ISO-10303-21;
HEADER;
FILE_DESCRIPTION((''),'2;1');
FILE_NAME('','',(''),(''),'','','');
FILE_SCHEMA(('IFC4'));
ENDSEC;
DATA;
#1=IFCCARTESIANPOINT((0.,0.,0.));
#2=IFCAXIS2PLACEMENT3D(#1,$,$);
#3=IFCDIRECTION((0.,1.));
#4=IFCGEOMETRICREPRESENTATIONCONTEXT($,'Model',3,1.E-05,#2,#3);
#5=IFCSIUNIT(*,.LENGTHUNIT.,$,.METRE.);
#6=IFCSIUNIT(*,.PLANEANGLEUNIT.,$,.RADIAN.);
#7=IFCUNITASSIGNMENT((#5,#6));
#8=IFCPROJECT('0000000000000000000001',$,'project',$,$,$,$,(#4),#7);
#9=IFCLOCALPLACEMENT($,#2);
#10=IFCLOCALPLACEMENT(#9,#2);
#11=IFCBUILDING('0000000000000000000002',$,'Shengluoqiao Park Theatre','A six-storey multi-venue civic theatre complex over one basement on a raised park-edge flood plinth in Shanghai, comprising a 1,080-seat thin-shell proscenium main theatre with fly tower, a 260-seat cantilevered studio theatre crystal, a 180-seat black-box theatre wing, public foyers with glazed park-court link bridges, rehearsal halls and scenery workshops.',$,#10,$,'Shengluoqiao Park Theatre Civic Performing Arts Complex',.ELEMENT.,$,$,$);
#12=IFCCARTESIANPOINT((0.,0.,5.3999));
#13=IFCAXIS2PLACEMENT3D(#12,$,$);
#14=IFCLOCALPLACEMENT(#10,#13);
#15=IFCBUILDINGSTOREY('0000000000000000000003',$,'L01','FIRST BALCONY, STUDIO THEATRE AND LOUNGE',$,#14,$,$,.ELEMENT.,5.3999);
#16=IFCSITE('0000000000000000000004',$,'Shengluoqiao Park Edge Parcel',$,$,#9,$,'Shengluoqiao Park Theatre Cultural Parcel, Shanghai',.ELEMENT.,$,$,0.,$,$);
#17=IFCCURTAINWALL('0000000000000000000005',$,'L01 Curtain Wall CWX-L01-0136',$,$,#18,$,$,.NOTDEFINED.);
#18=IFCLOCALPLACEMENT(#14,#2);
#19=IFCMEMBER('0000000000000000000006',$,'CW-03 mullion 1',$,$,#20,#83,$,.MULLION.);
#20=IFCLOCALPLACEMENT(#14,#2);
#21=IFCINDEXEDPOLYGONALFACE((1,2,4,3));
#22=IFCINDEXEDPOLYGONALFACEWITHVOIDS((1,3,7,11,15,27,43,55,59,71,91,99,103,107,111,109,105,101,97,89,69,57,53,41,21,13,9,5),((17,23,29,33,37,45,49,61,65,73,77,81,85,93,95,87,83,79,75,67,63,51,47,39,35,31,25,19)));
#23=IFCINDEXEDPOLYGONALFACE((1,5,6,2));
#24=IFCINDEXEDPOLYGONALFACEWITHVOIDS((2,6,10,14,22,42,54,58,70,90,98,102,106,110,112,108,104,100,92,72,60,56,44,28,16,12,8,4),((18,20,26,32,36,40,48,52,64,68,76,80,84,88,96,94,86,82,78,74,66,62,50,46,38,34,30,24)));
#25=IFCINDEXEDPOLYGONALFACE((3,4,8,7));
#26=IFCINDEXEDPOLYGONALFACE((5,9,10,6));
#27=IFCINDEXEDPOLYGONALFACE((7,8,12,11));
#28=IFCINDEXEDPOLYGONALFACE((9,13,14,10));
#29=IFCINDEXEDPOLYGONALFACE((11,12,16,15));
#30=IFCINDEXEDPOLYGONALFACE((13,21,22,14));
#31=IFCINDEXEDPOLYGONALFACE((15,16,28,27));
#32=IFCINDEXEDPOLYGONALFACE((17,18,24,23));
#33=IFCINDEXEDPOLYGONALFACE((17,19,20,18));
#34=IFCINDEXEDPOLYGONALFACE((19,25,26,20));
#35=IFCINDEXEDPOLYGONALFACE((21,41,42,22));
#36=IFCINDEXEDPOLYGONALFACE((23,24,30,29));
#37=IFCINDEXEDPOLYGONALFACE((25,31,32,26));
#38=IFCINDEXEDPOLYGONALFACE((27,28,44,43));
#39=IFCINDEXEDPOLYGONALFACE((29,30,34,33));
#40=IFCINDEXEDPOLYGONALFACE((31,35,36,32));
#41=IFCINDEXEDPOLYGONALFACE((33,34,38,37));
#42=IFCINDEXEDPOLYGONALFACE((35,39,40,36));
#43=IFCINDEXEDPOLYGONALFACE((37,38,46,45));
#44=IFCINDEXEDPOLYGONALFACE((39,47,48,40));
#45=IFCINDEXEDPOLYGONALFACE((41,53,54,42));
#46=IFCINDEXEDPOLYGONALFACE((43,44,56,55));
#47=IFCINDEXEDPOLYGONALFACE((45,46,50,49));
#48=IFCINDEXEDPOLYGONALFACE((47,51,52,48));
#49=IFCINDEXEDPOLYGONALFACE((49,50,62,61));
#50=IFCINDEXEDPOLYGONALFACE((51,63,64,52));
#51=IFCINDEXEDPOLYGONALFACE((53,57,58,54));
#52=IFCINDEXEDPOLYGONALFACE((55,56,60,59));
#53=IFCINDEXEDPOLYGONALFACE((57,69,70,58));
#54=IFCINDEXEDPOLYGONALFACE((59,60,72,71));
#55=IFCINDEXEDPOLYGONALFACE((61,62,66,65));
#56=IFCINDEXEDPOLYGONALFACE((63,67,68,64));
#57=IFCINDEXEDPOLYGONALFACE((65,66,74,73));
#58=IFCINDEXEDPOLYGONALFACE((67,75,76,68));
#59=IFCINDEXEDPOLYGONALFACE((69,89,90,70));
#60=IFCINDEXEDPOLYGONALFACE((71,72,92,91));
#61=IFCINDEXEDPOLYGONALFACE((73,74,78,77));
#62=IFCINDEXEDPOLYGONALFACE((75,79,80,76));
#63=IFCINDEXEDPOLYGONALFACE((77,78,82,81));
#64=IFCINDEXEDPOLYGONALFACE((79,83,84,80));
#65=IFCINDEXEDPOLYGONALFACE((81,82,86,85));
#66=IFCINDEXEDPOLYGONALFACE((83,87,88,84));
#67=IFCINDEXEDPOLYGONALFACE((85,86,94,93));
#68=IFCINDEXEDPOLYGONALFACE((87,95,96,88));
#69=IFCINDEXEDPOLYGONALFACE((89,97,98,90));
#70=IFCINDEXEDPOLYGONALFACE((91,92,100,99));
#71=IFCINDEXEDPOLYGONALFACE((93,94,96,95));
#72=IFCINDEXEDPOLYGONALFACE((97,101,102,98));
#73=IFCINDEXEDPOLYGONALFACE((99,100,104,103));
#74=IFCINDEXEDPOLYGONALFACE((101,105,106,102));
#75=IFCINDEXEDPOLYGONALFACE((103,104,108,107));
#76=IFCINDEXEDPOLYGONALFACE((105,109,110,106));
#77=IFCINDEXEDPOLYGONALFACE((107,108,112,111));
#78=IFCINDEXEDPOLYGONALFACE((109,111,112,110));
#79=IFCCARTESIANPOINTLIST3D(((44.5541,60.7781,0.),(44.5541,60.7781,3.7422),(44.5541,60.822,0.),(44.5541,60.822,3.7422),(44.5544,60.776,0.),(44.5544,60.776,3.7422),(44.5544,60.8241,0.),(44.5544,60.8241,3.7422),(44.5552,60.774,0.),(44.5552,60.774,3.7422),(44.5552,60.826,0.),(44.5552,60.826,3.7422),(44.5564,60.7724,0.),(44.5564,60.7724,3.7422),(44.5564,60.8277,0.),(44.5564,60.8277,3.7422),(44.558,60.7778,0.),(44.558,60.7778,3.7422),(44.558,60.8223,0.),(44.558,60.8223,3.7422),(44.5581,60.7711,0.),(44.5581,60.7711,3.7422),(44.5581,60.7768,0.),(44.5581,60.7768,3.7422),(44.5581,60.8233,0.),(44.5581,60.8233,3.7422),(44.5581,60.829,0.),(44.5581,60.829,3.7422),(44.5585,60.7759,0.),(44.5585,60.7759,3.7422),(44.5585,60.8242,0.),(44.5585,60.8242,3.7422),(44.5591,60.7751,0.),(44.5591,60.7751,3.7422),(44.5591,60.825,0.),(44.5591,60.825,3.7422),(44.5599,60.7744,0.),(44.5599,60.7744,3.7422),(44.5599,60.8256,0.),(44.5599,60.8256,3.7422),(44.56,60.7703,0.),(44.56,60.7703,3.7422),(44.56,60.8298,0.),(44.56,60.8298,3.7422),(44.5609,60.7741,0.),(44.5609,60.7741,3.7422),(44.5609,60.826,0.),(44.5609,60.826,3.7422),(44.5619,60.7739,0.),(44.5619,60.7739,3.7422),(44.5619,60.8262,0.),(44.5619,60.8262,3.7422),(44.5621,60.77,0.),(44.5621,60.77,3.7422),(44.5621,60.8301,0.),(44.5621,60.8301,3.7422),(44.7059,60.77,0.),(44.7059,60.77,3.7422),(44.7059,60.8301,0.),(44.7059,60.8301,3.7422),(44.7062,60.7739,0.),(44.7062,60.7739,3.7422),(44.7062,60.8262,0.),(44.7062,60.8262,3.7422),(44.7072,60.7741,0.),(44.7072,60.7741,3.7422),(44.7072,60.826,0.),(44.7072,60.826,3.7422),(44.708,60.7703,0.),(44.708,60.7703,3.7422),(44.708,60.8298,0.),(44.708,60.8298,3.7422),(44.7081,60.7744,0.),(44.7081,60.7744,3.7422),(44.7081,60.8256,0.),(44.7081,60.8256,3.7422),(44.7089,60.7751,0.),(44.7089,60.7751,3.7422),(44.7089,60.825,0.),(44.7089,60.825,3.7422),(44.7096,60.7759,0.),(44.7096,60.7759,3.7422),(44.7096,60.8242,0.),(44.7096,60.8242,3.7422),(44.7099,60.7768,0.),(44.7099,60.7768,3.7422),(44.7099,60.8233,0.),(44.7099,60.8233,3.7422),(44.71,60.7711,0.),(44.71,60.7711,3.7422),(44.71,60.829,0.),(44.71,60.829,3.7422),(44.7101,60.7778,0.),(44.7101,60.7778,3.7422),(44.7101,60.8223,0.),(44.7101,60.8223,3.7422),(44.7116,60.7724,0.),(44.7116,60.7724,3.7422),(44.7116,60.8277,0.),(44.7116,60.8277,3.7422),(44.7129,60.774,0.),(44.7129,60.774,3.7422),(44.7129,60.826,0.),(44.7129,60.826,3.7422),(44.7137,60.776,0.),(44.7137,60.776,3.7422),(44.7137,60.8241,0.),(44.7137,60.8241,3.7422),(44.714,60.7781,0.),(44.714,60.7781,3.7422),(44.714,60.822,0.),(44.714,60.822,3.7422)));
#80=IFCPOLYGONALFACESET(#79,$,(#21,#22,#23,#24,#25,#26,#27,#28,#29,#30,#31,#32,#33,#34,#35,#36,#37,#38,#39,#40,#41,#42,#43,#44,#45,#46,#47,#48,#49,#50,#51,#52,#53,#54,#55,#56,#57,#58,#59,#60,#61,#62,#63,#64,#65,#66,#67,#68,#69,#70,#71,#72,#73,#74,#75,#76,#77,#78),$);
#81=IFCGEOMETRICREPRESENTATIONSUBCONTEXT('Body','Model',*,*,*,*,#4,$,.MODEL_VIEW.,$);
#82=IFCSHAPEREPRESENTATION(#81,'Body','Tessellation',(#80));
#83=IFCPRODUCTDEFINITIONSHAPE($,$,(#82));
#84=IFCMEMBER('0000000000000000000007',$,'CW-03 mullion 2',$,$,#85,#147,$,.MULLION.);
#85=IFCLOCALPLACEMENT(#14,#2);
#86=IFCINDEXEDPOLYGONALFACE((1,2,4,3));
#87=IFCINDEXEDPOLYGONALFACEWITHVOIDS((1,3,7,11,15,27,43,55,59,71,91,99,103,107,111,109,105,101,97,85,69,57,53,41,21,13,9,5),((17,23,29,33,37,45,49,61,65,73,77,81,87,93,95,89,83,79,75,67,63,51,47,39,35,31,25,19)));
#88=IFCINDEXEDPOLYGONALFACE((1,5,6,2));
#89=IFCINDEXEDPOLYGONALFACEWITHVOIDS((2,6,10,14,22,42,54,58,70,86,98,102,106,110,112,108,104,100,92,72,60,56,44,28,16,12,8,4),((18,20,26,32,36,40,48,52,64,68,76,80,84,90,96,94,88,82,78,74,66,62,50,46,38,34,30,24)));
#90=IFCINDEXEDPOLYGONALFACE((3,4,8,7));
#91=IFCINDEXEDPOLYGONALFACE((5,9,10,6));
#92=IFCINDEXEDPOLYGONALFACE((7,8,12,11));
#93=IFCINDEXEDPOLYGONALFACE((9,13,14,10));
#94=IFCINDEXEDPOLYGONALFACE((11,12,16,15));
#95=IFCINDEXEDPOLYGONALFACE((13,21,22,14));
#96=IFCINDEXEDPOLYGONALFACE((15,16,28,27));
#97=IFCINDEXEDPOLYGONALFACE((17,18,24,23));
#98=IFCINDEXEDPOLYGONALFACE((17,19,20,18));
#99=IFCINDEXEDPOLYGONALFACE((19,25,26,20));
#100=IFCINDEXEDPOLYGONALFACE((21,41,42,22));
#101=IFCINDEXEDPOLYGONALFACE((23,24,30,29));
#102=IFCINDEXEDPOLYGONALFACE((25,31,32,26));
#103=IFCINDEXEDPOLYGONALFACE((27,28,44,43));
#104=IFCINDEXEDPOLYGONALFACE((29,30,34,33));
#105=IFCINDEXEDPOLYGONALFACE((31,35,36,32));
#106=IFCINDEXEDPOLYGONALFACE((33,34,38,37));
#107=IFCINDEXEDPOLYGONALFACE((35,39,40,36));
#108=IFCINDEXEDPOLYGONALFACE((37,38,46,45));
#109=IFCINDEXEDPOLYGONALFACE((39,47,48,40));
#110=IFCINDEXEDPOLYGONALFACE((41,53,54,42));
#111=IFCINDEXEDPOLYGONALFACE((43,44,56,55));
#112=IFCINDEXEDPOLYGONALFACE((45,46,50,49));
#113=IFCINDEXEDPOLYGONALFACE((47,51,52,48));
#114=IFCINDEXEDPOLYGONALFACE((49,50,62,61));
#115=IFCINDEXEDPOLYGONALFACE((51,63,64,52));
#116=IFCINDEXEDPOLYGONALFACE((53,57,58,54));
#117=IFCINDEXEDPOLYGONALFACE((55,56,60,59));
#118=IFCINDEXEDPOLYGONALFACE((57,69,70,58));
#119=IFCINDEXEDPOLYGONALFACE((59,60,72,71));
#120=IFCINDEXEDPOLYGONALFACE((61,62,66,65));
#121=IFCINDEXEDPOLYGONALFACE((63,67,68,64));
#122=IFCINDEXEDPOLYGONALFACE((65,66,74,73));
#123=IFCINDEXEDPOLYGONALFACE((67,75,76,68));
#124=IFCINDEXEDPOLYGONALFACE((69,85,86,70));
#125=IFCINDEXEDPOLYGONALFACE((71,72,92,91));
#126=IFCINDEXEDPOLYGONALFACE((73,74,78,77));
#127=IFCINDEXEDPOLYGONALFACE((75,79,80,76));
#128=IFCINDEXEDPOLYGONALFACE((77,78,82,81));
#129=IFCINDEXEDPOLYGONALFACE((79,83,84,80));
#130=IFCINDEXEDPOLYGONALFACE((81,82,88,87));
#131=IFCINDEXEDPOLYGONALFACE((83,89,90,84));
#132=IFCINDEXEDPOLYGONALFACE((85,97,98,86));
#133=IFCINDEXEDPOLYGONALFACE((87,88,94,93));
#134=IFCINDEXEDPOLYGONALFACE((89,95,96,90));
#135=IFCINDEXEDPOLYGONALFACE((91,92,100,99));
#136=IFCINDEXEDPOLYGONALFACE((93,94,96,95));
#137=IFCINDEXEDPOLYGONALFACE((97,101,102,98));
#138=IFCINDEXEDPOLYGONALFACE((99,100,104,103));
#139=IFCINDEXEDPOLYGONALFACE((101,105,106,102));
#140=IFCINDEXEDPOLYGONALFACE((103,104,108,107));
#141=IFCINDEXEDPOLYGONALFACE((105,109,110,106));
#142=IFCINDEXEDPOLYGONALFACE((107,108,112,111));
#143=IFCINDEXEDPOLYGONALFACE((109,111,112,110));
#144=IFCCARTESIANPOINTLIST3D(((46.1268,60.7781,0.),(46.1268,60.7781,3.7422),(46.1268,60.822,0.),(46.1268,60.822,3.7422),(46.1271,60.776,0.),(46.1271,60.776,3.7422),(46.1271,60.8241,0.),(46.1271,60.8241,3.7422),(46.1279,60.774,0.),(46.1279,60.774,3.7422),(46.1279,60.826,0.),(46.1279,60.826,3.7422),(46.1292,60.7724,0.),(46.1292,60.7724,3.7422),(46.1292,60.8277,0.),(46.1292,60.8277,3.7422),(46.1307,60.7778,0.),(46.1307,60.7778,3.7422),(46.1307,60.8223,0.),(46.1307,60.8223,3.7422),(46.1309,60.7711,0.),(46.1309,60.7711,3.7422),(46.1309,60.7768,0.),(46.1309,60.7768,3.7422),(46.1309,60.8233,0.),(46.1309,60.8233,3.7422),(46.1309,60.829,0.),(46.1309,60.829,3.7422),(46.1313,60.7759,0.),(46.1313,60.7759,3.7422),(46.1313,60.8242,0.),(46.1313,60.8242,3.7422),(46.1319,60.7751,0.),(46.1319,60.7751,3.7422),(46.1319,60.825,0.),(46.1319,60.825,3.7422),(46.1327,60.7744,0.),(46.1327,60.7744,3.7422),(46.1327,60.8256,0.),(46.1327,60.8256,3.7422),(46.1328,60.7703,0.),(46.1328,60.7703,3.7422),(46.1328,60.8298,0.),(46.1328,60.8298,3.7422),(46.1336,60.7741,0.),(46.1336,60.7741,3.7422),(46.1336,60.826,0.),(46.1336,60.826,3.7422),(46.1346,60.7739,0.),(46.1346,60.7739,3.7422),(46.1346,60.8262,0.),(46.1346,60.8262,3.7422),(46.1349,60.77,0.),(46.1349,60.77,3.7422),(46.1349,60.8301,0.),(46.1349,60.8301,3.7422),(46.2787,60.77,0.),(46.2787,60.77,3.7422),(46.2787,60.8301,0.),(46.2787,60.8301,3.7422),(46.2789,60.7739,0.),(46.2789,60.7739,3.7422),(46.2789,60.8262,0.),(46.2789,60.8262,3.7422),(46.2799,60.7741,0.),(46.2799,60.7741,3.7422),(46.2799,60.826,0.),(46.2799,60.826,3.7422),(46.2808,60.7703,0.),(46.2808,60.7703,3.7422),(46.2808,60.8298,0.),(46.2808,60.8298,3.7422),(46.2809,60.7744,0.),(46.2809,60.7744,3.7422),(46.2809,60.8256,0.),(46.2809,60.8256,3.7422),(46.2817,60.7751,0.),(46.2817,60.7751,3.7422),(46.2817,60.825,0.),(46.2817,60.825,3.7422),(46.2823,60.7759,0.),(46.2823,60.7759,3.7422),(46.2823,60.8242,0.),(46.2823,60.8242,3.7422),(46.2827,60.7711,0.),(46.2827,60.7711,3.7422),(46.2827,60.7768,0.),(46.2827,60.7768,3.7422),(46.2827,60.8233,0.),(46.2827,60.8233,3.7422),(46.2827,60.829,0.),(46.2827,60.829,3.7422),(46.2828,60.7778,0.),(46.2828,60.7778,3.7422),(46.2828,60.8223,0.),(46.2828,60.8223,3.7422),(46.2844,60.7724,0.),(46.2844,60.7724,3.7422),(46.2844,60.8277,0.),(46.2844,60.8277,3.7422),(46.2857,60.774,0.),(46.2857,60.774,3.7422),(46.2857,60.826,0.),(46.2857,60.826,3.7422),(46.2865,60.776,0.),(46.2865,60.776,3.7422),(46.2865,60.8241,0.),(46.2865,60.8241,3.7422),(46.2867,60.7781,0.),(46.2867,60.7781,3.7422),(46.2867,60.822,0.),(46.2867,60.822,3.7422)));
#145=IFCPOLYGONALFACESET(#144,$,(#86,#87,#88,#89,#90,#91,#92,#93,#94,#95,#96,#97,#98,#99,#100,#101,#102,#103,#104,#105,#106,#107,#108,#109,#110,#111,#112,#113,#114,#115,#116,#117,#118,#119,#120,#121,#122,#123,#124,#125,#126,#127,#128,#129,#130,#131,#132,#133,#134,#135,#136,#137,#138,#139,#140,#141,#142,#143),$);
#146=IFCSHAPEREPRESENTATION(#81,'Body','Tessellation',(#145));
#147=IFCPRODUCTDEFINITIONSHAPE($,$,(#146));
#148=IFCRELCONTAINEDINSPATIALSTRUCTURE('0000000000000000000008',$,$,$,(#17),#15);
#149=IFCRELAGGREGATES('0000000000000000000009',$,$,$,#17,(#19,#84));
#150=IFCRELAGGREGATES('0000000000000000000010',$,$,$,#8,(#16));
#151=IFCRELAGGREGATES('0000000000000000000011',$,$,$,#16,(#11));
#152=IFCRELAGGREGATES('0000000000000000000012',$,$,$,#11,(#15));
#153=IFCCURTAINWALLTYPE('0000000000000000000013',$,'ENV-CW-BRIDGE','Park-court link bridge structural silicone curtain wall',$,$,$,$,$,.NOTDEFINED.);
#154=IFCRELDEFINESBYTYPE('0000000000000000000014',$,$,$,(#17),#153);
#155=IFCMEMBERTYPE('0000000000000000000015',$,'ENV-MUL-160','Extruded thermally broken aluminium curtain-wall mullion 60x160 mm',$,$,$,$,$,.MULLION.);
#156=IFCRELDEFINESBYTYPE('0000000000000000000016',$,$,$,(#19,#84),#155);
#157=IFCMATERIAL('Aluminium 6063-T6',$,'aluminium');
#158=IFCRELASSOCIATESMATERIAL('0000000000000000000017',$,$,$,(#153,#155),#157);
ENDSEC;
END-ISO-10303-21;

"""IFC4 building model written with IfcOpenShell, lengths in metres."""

from ifc_helpers import new_model, si_unit, direction, frame, origin, origin_2d, place, context, subcontext, project, spatial, hollow_rectangle, extrude, material, material_profile, profile_set, type_object, element, aggregate, save


model = new_model("IFC4")

# Units and contexts
model_context = context("Model", 3, precision=1e-05, world=origin(), true_north=direction((0.0, 1.0)))
body_context = subcontext(model_context, "Body", "Model", "MODEL_VIEW")
ifc_project = project(units=[si_unit("LENGTHUNIT", "METRE"), si_unit("PLANEANGLEUNIT", "RADIAN")], contexts=[model_context])

# Site, building, storey
site_placement = place(None, origin())
site = spatial("IfcSite", under=ifc_project, at=site_placement, Name="Shengluoqiao Park Edge Parcel", LongName="Shengluoqiao Park Theatre Cultural Parcel, Shanghai", CompositionType="ELEMENT", RefElevation=0.0)
building_placement = place(site_placement, origin())
building = spatial("IfcBuilding", under=site, at=building_placement, Name="Shengluoqiao Park Theatre", Description="A six-storey multi-venue civic theatre complex over one basement on a raised park-edge flood plinth in Shanghai, comprising a 1,080-seat thin-shell proscenium main theatre with fly tower, a 260-seat cantilevered studio theatre crystal, a 180-seat black-box theatre wing, public foyers with glazed park-court link bridges, rehearsal halls and scenery workshops.", LongName="Shengluoqiao Park Theatre Civic Performing Arts Complex", CompositionType="ELEMENT")
storey_placement = place(building_placement, frame((0.0, 0.0, 5.3999)))
storey = spatial("IfcBuildingStorey", under=building, at=storey_placement, Name="L01", Description="FIRST BALCONY, STUDIO THEATRE AND LOUNGE", CompositionType="ELEMENT", Elevation=5.3999)

# Curtain wall, members
ifc_material_1 = material(Name="Aluminium 6063-T6", Category="aluminium")
curtain_wall_type_1 = type_object("IfcCurtainWallType", Name="ENV-CW-BRIDGE", Description="Park-court link bridge structural silicone curtain wall", PredefinedType="NOTDEFINED", material=ifc_material_1)
curtain_wall_1_placement = place(storey_placement, origin())
curtain_wall_1 = element("IfcCurtainWall", 1, at=curtain_wall_1_placement, inside=storey, type_object=curtain_wall_type_1, Name="L01 Curtain Wall CWX-L01-0136", PredefinedType="NOTDEFINED")
ifc_material_profile_1 = material_profile(ifc_material_1, hollow_rectangle(XDim=0.0601, YDim=0.1599, WallThickness=0.0039, InnerFilletRadius=0.0039, OuterFilletRadius=0.0081, at=origin_2d()), Name="ALU MULLION 160x60x4")
ifc_profile_set_1 = profile_set([ifc_material_profile_1], Name="Aluminium 6063-T6")
member_type_1 = type_object("IfcMemberType", Name="ENV-MUL-160", Description="Extruded thermally broken aluminium curtain-wall mullion 60x160 mm", PredefinedType="MULLION", material=ifc_profile_set_1)
member_1_placement = place(storey_placement, frame((44.634, 60.8, 0.0), z_axis=(0.0, 0.0, 1.0), x_axis=(0.0, 1.0, 0.0)))
member_1 = element("IfcMember", 2, at=member_1_placement, type_object=member_type_1, Name="CW-03 mullion 1", PredefinedType="MULLION", context=body_context, shape_type="SweptSolid", body=[
    extrude(hollow_rectangle(XDim=0.0601, YDim=0.1599, WallThickness=0.0039, InnerFilletRadius=0.0039, OuterFilletRadius=0.0081, at=origin_2d()), origin(), (0.0, 0.0, 1.0), 3.7422),
])
member_2_placement = place(storey_placement, frame((46.2068, 60.8, 0.0), z_axis=(0.0, 0.0, 1.0), x_axis=(0.0, 1.0, 0.0)))
member_2 = element("IfcMember", 3, at=member_2_placement, type_object=member_type_1, Name="CW-03 mullion 2", PredefinedType="MULLION", context=body_context, shape_type="SweptSolid", body=[
    extrude(hollow_rectangle(XDim=0.0601, YDim=0.1599, WallThickness=0.0039, InnerFilletRadius=0.0039, OuterFilletRadius=0.0081, at=origin_2d()), origin(), (0.0, 0.0, 1.0), 3.7422),
])

aggregate(curtain_wall_1, [member_1, member_2])

save(model, "model.ifc")
